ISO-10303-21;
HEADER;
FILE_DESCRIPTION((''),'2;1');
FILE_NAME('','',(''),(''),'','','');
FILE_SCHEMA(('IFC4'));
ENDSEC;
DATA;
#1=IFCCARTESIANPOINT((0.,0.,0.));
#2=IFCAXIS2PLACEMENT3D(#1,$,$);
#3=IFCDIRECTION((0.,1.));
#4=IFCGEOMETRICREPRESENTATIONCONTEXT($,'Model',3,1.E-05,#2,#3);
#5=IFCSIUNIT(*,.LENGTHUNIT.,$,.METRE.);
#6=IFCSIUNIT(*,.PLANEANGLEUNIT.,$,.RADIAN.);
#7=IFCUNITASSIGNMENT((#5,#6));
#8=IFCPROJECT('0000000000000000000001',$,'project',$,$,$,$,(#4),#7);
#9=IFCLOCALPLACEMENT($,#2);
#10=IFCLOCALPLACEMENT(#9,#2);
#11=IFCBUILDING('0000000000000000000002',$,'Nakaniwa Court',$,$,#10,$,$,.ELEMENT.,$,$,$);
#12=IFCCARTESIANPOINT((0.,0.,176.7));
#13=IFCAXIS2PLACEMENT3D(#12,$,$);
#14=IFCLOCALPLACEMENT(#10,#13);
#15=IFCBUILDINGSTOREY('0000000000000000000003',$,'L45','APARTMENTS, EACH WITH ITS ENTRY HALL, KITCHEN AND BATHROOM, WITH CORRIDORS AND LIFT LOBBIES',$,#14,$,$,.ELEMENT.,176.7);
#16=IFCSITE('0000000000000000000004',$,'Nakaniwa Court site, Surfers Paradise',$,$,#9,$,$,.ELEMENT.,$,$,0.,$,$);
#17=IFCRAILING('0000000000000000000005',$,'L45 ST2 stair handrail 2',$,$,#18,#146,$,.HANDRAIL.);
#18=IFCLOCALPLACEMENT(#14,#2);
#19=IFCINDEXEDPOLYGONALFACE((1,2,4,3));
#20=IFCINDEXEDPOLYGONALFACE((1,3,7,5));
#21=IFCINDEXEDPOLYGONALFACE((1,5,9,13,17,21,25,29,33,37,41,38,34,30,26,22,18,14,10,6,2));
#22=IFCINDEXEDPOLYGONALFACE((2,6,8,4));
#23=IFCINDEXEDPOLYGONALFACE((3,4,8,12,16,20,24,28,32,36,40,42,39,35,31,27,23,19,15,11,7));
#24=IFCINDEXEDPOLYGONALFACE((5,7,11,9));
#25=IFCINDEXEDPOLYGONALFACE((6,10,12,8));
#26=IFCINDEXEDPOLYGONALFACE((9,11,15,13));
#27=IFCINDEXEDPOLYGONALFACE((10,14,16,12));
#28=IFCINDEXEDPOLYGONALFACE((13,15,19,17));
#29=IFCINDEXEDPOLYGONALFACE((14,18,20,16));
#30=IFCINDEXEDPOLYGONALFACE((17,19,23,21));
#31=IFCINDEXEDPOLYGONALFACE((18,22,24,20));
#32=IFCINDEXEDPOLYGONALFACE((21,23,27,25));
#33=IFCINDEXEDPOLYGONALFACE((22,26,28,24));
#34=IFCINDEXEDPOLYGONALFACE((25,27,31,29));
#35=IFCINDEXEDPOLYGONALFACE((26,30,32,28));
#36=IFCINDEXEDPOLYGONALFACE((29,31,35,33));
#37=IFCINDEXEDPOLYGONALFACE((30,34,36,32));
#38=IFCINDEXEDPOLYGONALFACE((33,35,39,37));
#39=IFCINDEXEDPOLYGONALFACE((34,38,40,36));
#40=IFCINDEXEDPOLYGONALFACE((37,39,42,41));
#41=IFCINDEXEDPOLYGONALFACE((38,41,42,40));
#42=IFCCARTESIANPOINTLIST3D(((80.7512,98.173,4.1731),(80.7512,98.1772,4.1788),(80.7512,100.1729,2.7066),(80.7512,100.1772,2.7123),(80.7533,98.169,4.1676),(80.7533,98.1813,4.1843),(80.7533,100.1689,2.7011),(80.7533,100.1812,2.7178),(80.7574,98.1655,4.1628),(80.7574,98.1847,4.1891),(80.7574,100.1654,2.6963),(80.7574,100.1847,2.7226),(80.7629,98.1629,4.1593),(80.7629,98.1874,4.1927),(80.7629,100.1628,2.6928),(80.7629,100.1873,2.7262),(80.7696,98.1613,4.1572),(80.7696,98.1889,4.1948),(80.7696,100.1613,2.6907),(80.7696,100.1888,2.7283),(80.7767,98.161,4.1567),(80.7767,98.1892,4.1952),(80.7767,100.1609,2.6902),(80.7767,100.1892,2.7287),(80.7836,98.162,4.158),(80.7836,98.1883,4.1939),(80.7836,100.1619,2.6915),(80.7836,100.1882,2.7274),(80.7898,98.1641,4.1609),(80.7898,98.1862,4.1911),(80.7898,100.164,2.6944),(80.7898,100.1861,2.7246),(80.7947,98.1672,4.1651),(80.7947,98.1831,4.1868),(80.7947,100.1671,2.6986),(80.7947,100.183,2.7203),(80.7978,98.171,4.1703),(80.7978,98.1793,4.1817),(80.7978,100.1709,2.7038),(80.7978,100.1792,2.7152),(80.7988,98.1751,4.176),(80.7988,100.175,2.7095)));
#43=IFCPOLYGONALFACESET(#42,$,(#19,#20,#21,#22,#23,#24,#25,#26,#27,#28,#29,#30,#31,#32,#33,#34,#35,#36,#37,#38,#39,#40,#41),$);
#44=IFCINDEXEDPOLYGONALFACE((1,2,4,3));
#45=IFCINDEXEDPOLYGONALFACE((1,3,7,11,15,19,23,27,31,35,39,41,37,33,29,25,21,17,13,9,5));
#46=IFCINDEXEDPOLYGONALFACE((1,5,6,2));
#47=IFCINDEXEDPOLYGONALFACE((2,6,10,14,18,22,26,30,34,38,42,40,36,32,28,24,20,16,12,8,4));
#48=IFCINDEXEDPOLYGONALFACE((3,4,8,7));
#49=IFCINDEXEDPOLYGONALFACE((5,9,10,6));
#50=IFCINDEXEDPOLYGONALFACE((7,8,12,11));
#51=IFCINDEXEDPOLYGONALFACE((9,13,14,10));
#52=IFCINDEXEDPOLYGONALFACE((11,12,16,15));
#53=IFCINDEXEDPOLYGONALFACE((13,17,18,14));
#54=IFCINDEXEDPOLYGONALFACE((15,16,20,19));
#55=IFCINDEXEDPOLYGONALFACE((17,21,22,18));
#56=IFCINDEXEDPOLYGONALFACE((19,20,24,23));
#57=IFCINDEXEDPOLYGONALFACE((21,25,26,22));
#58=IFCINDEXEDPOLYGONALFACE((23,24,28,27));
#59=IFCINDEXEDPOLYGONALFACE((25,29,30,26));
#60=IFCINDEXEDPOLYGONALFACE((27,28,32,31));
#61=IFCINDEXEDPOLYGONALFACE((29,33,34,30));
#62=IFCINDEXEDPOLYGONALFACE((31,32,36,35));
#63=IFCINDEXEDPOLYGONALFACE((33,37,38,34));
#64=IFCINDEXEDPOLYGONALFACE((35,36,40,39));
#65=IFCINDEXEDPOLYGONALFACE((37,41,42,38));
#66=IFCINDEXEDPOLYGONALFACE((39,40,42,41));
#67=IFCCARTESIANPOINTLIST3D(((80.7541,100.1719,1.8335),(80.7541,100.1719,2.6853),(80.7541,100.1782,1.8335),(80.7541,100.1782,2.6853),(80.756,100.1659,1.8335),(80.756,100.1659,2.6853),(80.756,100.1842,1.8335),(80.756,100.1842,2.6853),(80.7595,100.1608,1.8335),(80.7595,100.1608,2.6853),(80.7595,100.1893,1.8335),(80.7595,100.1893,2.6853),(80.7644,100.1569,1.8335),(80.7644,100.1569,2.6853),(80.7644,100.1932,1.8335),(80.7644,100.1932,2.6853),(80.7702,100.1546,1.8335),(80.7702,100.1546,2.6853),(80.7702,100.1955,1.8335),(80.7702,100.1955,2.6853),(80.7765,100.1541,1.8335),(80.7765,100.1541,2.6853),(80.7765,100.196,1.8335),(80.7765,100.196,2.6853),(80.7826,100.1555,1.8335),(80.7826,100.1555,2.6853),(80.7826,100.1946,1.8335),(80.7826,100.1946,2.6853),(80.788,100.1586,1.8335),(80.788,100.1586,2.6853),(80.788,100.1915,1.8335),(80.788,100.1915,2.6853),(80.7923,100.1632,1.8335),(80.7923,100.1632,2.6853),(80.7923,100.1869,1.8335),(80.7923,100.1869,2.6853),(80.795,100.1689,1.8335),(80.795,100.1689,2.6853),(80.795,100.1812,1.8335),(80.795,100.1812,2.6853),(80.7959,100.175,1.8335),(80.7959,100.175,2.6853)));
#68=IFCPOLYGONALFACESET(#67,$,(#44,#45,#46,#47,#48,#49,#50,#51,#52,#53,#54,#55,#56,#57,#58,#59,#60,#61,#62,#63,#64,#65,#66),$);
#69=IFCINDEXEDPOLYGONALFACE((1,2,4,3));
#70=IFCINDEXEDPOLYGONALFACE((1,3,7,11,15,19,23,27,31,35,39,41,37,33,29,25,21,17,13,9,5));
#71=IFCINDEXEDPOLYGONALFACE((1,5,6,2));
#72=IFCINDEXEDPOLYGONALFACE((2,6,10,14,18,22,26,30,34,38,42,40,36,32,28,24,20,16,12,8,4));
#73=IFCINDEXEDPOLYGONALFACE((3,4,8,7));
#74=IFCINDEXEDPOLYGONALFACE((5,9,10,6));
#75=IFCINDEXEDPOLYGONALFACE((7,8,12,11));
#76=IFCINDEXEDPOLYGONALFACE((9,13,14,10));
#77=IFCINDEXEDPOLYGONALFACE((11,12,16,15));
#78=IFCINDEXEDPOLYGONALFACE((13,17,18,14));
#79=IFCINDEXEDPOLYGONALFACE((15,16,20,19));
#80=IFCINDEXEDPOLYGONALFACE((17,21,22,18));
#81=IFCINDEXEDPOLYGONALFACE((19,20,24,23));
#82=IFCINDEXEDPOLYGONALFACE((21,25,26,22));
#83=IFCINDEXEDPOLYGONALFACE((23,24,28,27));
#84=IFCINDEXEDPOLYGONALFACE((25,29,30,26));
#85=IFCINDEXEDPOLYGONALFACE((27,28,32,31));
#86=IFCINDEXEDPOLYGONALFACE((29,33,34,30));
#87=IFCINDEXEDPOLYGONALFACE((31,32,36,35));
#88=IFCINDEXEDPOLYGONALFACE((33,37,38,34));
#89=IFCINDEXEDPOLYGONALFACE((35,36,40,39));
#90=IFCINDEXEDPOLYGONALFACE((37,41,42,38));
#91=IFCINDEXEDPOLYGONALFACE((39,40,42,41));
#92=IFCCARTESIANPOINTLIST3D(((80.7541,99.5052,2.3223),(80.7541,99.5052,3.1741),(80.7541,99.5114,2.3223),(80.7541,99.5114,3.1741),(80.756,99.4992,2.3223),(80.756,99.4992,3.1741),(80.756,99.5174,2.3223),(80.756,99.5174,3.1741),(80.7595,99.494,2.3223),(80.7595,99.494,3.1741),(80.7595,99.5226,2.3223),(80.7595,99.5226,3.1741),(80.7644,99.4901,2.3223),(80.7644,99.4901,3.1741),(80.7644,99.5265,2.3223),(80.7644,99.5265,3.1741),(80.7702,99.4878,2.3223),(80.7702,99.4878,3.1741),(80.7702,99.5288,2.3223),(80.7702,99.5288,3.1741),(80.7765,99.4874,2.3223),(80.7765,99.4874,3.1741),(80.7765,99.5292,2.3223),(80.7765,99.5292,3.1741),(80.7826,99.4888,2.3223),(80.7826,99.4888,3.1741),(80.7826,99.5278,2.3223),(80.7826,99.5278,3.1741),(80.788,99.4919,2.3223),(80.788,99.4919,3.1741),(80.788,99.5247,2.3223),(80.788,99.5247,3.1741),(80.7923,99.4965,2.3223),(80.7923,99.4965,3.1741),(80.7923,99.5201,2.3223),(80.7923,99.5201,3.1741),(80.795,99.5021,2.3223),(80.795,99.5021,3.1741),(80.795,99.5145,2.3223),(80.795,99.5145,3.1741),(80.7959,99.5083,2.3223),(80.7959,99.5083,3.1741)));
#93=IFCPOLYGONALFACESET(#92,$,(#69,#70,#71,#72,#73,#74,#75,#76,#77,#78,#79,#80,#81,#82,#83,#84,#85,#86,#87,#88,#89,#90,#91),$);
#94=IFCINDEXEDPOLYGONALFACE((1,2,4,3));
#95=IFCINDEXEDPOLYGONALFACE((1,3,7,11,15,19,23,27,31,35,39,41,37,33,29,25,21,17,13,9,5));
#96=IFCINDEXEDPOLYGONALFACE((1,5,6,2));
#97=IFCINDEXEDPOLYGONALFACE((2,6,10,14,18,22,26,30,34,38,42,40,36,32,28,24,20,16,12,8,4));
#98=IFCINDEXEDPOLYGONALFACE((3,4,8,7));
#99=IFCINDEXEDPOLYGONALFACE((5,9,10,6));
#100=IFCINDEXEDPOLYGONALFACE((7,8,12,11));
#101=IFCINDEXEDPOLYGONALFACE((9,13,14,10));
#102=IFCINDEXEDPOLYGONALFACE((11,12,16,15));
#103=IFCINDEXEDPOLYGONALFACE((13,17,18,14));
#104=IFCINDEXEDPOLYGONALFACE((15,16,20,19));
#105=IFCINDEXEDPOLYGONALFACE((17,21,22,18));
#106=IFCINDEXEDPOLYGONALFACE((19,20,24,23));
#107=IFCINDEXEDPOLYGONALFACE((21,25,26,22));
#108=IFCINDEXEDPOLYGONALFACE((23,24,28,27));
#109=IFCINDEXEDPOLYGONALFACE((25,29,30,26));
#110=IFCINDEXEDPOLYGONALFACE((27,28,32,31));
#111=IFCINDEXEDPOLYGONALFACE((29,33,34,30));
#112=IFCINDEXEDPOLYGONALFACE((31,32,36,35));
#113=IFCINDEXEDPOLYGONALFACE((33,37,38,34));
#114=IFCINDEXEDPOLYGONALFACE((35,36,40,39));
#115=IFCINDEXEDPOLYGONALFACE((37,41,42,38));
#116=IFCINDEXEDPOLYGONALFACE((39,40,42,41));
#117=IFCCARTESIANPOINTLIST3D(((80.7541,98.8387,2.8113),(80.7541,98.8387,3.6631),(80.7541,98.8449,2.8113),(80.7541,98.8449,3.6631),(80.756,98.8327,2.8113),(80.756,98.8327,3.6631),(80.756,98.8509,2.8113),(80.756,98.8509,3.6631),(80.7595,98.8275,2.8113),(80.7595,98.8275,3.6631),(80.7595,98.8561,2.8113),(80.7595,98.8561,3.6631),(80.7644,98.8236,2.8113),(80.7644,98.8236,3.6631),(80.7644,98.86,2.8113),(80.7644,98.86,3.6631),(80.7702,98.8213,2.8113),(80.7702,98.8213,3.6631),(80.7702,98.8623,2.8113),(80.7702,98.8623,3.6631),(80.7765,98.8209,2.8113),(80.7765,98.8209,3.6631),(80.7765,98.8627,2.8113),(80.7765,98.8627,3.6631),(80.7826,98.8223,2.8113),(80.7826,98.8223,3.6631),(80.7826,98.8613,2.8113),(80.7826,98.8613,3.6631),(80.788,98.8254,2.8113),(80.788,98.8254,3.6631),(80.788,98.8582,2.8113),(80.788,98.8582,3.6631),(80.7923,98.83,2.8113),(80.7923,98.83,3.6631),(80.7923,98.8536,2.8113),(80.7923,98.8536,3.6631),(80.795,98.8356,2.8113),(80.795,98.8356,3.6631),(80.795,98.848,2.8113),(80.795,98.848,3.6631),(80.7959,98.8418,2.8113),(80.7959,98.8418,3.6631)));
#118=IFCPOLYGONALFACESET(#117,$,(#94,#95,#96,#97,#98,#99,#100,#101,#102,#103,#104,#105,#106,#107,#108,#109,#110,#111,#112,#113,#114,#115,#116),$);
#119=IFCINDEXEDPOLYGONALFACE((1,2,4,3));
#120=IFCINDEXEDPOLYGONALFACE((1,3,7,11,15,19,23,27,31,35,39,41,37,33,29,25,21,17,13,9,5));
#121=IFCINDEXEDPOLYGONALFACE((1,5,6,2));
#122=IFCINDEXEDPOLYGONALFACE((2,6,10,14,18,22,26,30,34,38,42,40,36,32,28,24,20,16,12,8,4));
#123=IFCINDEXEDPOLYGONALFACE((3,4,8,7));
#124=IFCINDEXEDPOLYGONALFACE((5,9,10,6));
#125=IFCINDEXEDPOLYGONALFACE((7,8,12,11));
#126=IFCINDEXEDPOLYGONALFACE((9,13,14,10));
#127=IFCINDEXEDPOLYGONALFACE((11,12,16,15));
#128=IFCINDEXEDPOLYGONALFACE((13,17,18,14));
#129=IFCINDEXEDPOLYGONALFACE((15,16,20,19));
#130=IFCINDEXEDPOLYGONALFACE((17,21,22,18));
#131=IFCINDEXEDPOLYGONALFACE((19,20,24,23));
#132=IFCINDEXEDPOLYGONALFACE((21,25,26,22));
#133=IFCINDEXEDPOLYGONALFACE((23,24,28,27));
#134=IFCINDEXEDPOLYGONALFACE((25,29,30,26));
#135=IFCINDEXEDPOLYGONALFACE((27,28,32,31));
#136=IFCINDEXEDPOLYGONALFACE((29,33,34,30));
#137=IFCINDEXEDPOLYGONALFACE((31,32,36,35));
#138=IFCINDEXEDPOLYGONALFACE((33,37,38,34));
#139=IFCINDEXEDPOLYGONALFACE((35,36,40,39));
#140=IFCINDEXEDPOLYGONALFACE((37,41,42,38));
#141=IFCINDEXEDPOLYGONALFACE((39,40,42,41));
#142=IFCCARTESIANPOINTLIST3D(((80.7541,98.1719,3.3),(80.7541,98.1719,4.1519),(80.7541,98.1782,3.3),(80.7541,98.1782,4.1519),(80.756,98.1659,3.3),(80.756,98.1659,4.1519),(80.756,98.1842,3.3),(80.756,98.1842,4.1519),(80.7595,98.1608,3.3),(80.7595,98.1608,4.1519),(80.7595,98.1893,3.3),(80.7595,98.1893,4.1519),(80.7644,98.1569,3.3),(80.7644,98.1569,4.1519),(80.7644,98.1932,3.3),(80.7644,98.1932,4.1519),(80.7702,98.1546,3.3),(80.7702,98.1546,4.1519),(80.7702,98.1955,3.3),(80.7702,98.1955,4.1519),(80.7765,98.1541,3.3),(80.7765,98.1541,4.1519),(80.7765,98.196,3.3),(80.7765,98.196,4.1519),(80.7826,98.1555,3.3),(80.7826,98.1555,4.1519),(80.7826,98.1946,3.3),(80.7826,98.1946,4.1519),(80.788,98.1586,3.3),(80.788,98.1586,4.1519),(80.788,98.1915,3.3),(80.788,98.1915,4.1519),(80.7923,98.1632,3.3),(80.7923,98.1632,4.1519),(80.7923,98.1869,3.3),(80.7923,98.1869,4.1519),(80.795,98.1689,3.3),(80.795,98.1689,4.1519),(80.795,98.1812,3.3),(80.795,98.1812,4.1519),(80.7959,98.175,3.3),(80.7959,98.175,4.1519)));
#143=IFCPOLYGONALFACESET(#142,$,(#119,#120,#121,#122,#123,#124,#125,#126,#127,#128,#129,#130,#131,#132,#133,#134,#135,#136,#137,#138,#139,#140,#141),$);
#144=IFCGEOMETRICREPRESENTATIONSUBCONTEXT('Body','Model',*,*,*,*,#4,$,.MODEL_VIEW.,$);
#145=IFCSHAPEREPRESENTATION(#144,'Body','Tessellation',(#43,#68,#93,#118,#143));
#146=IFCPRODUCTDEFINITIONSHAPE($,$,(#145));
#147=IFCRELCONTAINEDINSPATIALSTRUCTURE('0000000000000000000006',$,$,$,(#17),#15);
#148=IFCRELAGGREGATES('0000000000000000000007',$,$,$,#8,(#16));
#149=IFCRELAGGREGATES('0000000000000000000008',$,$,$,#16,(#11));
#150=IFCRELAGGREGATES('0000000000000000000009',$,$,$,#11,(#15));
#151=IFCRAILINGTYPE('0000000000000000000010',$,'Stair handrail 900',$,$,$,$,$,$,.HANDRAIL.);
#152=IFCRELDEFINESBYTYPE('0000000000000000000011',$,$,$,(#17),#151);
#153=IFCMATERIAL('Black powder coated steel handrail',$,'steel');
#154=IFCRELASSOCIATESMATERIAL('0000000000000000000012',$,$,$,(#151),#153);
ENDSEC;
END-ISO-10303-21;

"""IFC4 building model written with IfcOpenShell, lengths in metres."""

from ifc_helpers import new_model, si_unit, direction, frame, origin, origin_2d, place, context, subcontext, project, spatial, circle, extrude, material, type_object, element, save


model = new_model("IFC4")

# Units and contexts
model_context = context("Model", 3, precision=1e-05, world=origin(), true_north=direction((0.0, 1.0)))
body_context = subcontext(model_context, "Body", "Model", "MODEL_VIEW")
ifc_project = project(units=[si_unit("LENGTHUNIT", "METRE"), si_unit("PLANEANGLEUNIT", "RADIAN")], contexts=[model_context])

# Site, building, storey
site_placement = place(None, origin())
site = spatial("IfcSite", under=ifc_project, at=site_placement, Name="Nakaniwa Court site, Surfers Paradise", CompositionType="ELEMENT", RefElevation=0.0)
building_placement = place(site_placement, origin())
building = spatial("IfcBuilding", under=site, at=building_placement, Name="Nakaniwa Court", CompositionType="ELEMENT")
storey_placement = place(building_placement, frame((0.0, 0.0, 176.7)))
storey = spatial("IfcBuildingStorey", under=building, at=storey_placement, Name="L45", Description="APARTMENTS, EACH WITH ITS ENTRY HALL, KITCHEN AND BATHROOM, WITH CORRIDORS AND LIFT LOBBIES", CompositionType="ELEMENT", Elevation=176.7)

# Railing
ifc_material_1 = material(Name="Black powder coated steel handrail", Category="steel")
railing_type_1 = type_object("IfcRailingType", Name="Stair handrail 900", PredefinedType="HANDRAIL", material=ifc_material_1)
railing_1_placement = place(storey_placement, frame((80.7749, 100.175, 1.8335)))
element("IfcRailing", 1, at=railing_1_placement, inside=storey, type_object=railing_type_1, Name="L45 ST2 stair handrail 2", PredefinedType="HANDRAIL", context=body_context, shape_type="SweptSolid", body=[
    extrude(circle(Radius=0.0239, at=origin_2d()), frame((0.0, 0.0, 0.876), z_axis=(0.0, -0.806427, 0.591334), x_axis=(1.0, 0.0, 0.0)), (0.0, 0.0, 1.0), 2.48),
    extrude(circle(Radius=0.021, at=origin_2d()), origin(), (0.0, 0.0, 1.0), 0.8518),
    extrude(circle(Radius=0.021, at=origin_2d()), frame((0.0, -0.6667, 0.4888)), (0.0, 0.0, 1.0), 0.8518),
    extrude(circle(Radius=0.021, at=origin_2d()), frame((0.0, -1.3333, 0.9778)), (0.0, 0.0, 1.0), 0.8518),
    extrude(circle(Radius=0.021, at=origin_2d()), frame((0.0, -2.0, 1.4666)), (0.0, 0.0, 1.0), 0.8518),
])

save(model, "model.ifc")
